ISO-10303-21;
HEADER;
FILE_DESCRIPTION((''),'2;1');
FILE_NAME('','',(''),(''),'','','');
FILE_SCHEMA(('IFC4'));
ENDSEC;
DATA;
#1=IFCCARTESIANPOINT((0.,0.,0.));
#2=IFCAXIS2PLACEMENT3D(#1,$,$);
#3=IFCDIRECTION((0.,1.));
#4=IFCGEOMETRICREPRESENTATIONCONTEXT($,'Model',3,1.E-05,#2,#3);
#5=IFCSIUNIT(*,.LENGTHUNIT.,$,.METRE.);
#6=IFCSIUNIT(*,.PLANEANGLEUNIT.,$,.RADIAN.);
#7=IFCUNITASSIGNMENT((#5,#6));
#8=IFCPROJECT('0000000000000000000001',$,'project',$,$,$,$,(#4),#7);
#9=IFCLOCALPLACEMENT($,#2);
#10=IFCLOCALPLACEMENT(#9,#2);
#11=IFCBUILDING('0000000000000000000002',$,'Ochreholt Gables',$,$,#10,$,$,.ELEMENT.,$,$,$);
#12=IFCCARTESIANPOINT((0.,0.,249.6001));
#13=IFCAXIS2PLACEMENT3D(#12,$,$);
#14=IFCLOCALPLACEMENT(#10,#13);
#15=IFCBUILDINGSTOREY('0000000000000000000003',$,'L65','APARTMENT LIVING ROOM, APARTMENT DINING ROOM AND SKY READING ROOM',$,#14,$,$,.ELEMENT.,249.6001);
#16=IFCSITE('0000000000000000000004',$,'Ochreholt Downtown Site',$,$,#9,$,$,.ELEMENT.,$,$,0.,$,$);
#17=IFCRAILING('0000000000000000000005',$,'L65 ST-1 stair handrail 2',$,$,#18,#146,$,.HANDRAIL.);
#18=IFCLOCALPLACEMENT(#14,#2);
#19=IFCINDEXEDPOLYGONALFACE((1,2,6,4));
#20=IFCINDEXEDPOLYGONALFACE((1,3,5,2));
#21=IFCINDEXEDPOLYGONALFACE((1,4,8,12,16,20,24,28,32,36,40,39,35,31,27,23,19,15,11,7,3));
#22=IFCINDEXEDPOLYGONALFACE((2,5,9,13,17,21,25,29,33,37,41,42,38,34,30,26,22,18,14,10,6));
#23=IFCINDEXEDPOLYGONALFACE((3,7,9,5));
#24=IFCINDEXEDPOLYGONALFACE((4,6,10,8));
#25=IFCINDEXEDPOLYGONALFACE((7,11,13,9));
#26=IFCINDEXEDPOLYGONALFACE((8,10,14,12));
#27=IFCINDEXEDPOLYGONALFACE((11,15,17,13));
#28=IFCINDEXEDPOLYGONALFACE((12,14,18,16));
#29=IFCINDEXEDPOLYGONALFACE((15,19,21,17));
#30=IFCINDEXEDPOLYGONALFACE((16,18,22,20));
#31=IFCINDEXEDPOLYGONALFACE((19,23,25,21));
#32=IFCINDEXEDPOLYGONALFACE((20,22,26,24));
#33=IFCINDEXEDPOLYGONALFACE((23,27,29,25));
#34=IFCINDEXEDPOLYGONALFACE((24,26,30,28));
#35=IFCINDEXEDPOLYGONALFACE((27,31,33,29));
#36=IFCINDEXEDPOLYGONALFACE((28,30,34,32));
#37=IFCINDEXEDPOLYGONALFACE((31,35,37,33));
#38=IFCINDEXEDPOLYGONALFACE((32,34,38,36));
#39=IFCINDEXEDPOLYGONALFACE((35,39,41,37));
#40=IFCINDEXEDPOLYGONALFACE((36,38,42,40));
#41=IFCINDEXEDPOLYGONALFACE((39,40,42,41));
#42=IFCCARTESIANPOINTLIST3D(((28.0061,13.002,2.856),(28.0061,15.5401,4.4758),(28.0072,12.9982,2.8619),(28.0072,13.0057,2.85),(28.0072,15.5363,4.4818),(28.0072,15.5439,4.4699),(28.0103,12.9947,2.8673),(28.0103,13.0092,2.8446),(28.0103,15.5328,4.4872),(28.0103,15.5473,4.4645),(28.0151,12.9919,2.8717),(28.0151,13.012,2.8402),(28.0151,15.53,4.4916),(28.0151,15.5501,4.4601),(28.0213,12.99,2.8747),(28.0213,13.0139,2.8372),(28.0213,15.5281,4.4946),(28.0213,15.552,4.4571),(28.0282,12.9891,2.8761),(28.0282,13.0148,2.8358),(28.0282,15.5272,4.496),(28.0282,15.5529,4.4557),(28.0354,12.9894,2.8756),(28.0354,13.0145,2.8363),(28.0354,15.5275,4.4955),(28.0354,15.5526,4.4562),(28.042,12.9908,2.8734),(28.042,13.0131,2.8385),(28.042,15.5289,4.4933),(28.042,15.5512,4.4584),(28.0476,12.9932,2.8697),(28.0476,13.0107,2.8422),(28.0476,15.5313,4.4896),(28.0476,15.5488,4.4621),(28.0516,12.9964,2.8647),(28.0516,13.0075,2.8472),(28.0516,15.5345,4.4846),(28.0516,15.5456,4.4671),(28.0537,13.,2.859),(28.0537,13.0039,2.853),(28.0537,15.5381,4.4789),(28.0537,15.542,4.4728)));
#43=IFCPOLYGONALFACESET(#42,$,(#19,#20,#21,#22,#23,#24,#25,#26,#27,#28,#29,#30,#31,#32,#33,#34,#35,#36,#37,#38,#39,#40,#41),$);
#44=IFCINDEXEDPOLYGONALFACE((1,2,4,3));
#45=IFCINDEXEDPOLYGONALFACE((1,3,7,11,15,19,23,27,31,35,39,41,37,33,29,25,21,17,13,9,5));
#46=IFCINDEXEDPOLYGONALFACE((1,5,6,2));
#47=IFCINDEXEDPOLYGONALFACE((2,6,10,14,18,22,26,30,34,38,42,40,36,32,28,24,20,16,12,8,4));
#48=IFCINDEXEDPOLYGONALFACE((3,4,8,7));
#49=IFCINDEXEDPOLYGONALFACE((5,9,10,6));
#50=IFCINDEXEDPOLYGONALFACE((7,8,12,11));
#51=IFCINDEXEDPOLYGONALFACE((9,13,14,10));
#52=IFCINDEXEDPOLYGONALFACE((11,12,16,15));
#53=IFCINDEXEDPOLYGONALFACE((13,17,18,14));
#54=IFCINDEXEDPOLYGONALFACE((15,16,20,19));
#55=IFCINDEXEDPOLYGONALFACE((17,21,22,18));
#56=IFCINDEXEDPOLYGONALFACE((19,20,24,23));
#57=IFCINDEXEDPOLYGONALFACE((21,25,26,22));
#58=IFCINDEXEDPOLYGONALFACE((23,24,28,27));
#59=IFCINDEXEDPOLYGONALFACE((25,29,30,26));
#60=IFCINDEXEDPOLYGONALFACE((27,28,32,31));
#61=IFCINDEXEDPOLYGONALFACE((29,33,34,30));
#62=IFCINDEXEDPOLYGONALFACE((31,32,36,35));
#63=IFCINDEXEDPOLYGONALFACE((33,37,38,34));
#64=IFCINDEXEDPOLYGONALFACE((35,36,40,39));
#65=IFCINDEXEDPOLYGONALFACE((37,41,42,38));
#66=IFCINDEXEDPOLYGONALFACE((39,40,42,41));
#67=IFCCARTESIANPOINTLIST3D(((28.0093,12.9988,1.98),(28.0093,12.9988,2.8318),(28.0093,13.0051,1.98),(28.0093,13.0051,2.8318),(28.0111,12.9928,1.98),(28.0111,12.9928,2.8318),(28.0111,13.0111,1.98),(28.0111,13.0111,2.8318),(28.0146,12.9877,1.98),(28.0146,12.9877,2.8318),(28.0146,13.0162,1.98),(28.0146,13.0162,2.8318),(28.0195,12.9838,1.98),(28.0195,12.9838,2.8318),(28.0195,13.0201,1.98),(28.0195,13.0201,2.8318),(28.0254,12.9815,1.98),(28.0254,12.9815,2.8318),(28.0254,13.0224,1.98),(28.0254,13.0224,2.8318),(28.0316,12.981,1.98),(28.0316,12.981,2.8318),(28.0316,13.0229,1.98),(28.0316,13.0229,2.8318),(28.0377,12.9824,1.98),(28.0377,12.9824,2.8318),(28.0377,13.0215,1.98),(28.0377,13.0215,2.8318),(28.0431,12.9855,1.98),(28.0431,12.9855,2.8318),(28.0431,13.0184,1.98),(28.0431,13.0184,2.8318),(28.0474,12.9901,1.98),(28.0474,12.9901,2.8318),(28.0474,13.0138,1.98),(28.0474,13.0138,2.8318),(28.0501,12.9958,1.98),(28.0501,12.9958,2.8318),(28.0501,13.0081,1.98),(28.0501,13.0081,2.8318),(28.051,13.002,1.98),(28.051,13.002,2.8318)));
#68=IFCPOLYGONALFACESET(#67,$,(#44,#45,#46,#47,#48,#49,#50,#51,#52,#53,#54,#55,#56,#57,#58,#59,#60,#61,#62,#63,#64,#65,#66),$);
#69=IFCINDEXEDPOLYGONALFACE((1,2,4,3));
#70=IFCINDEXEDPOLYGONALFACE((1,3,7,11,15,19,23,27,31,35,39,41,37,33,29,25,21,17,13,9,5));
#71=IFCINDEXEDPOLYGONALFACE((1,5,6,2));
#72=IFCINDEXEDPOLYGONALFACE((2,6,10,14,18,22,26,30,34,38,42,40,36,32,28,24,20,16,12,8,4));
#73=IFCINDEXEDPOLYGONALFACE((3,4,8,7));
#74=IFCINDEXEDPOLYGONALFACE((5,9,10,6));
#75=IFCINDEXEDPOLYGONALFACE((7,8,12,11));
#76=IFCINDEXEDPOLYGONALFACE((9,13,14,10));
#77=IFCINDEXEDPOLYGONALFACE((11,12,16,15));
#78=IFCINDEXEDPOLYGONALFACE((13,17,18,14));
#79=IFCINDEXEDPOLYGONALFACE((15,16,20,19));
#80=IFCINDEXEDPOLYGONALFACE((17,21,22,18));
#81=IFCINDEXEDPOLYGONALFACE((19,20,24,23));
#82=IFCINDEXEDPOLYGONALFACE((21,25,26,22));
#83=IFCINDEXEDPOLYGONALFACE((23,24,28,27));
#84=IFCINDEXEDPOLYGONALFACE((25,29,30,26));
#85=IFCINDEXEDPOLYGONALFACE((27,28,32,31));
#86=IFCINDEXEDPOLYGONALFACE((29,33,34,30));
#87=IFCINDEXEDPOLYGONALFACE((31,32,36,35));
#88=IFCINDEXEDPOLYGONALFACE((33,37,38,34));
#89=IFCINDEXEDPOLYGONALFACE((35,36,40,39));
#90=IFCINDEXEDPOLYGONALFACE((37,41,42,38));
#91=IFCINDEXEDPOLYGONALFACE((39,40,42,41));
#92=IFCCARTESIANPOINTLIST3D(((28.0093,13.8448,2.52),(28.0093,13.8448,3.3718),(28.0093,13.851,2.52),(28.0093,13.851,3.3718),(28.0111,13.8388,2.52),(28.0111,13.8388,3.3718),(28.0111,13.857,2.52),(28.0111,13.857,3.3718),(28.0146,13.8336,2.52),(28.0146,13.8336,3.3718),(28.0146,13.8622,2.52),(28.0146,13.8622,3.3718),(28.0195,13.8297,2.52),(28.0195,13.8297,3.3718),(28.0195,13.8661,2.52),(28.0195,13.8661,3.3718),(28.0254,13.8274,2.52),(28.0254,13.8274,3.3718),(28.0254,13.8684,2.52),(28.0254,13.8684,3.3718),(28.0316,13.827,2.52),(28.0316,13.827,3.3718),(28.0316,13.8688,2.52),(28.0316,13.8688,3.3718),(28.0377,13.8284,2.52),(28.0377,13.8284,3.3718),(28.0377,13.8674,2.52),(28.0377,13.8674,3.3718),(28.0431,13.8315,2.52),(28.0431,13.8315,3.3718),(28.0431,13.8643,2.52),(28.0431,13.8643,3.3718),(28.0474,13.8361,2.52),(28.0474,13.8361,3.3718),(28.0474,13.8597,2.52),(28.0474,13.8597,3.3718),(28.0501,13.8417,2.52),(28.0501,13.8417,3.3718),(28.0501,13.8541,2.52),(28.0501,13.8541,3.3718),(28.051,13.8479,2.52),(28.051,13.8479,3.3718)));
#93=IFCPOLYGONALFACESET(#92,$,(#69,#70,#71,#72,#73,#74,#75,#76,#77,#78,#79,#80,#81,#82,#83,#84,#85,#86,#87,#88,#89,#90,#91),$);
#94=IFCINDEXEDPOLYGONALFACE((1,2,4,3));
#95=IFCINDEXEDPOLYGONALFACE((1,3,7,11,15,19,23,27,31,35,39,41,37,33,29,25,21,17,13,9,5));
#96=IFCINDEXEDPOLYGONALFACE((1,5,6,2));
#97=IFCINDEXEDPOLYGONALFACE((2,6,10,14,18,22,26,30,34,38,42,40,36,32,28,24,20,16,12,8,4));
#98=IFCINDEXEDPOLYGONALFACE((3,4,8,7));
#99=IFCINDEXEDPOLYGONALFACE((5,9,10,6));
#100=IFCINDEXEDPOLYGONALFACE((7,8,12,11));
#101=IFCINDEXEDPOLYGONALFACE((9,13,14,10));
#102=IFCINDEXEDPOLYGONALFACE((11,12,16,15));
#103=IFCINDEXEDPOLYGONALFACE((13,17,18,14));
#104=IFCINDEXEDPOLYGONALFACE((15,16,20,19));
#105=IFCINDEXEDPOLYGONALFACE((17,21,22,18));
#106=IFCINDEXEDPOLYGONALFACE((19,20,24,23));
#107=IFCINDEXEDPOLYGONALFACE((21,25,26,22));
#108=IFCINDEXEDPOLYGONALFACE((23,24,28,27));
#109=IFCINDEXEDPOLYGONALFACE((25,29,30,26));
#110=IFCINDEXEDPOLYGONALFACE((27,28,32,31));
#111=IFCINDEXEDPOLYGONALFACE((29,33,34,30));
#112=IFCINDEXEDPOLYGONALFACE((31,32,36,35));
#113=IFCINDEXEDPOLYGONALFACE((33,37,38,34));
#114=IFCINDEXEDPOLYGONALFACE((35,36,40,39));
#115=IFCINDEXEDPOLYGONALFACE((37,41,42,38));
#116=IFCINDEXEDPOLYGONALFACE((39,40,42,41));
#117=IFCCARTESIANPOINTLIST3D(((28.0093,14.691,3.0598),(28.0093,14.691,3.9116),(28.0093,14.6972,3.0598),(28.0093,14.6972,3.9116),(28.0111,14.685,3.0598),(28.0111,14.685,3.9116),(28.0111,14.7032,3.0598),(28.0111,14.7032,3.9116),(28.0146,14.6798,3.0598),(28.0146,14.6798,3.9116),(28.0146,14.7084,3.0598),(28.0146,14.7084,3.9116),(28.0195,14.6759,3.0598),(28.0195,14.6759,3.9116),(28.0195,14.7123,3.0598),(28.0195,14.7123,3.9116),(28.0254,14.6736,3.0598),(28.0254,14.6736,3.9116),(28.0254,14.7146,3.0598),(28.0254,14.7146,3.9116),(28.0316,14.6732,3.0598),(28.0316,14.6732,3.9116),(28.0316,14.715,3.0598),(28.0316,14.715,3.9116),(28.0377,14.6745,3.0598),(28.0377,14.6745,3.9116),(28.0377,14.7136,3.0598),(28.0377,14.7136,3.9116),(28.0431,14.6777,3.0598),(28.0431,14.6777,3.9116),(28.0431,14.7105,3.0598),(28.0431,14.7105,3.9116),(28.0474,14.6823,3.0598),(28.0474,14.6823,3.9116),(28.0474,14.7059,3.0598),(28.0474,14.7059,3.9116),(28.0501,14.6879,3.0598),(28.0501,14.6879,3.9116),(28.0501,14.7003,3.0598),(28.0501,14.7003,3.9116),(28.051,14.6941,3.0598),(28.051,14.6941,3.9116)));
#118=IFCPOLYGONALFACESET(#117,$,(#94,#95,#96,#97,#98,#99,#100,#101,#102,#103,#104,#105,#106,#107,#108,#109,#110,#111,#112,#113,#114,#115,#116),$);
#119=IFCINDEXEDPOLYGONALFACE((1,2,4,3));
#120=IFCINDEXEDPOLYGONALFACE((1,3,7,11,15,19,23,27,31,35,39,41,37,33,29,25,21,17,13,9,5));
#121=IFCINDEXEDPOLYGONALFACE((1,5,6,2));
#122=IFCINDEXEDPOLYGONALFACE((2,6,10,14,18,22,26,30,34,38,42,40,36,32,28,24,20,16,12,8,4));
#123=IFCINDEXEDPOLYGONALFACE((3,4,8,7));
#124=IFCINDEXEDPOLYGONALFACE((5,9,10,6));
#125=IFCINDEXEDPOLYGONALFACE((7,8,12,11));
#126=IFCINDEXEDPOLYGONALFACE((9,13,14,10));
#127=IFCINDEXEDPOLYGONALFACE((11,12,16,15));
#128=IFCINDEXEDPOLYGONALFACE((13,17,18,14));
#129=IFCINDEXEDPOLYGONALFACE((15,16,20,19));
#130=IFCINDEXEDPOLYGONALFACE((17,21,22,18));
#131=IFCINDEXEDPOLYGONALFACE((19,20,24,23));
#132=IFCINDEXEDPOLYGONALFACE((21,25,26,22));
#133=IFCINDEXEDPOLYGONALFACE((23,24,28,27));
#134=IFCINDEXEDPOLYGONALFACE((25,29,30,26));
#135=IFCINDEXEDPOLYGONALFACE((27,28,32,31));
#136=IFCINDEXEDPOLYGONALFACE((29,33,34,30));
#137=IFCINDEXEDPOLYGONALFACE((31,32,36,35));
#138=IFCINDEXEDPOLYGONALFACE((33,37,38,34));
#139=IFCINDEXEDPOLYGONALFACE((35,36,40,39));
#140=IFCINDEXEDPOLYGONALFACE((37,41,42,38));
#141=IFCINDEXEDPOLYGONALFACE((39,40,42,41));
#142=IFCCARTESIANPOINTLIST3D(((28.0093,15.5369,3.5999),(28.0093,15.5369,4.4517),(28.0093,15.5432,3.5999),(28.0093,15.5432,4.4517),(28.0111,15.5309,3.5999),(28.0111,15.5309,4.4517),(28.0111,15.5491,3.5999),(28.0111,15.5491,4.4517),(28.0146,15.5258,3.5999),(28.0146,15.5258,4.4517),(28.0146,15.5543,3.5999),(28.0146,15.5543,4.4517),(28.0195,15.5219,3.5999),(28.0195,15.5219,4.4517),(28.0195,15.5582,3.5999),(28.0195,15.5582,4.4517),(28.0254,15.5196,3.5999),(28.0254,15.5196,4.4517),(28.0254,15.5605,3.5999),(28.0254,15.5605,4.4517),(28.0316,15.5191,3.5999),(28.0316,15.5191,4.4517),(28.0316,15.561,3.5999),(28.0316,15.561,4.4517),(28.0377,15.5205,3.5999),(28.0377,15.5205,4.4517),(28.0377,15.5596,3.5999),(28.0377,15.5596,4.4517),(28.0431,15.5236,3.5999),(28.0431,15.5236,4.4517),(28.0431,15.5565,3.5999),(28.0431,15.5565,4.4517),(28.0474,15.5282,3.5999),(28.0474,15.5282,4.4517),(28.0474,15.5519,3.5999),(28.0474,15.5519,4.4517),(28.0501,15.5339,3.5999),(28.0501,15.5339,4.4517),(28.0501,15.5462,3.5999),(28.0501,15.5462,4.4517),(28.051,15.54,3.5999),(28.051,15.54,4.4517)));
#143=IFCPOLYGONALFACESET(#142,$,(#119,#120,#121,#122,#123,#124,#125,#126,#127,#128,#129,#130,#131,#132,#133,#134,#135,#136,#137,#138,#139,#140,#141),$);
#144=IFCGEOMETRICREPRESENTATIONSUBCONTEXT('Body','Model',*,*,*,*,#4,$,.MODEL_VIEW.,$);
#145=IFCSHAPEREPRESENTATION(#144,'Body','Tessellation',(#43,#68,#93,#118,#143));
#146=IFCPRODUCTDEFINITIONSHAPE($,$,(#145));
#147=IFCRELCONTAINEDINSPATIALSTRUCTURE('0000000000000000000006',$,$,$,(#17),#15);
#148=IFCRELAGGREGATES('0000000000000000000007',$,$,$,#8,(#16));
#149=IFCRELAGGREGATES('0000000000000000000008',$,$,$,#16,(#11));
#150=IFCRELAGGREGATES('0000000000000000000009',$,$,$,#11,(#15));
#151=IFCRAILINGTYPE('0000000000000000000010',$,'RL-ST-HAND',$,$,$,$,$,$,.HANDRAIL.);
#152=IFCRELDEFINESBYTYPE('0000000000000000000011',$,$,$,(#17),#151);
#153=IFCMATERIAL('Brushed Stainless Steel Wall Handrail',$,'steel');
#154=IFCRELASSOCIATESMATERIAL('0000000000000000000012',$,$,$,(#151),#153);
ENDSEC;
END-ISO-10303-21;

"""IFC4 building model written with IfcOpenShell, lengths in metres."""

from ifc_helpers import new_model, si_unit, direction, frame, origin, origin_2d, place, context, subcontext, project, spatial, circle, extrude, material, type_object, element, save


model = new_model("IFC4")

# Units and contexts
model_context = context("Model", 3, precision=1e-05, world=origin(), true_north=direction((0.0, 1.0)))
body_context = subcontext(model_context, "Body", "Model", "MODEL_VIEW")
ifc_project = project(units=[si_unit("LENGTHUNIT", "METRE"), si_unit("PLANEANGLEUNIT", "RADIAN")], contexts=[model_context])

# Site, building, storey
site_placement = place(None, origin())
site = spatial("IfcSite", under=ifc_project, at=site_placement, Name="Ochreholt Downtown Site", CompositionType="ELEMENT", RefElevation=0.0)
building_placement = place(site_placement, origin())
building = spatial("IfcBuilding", under=site, at=building_placement, Name="Ochreholt Gables", CompositionType="ELEMENT")
storey_placement = place(building_placement, frame((0.0, 0.0, 249.6001)))
storey = spatial("IfcBuildingStorey", under=building, at=storey_placement, Name="L65", Description="APARTMENT LIVING ROOM, APARTMENT DINING ROOM AND SKY READING ROOM", CompositionType="ELEMENT", Elevation=249.6001)

# Railing
ifc_material_1 = material(Name="Brushed Stainless Steel Wall Handrail", Category="steel")
railing_type_1 = type_object("IfcRailingType", Name="RL-ST-HAND", PredefinedType="HANDRAIL", material=ifc_material_1)
railing_1_placement = place(storey_placement, frame((28.03, 13.002, 1.98)))
element("IfcRailing", 1, at=railing_1_placement, inside=storey, type_object=railing_type_1, Name="L65 ST-1 stair handrail 2", PredefinedType="HANDRAIL", context=body_context, shape_type="SweptSolid", body=[
    extrude(circle(Radius=0.0239, at=origin_2d()), frame((0.0, 0.0, 0.876), z_axis=(0.0, 0.84295, 0.537993), x_axis=(-1.0, 0.0, 0.0)), (0.0, 0.0, 1.0), 3.011),
    extrude(circle(Radius=0.021, at=origin_2d()), origin(), (0.0, 0.0, 1.0), 0.8518),
    extrude(circle(Radius=0.021, at=origin_2d()), frame((0.0, 0.8459, 0.54)), (0.0, 0.0, 1.0), 0.8518),
    extrude(circle(Radius=0.021, at=origin_2d()), frame((0.0, 1.6921, 1.0798)), (0.0, 0.0, 1.0), 0.8518),
    extrude(circle(Radius=0.021, at=origin_2d()), frame((0.0, 2.5381, 1.6199)), (0.0, 0.0, 1.0), 0.8518),
])

save(model, "model.ifc")
